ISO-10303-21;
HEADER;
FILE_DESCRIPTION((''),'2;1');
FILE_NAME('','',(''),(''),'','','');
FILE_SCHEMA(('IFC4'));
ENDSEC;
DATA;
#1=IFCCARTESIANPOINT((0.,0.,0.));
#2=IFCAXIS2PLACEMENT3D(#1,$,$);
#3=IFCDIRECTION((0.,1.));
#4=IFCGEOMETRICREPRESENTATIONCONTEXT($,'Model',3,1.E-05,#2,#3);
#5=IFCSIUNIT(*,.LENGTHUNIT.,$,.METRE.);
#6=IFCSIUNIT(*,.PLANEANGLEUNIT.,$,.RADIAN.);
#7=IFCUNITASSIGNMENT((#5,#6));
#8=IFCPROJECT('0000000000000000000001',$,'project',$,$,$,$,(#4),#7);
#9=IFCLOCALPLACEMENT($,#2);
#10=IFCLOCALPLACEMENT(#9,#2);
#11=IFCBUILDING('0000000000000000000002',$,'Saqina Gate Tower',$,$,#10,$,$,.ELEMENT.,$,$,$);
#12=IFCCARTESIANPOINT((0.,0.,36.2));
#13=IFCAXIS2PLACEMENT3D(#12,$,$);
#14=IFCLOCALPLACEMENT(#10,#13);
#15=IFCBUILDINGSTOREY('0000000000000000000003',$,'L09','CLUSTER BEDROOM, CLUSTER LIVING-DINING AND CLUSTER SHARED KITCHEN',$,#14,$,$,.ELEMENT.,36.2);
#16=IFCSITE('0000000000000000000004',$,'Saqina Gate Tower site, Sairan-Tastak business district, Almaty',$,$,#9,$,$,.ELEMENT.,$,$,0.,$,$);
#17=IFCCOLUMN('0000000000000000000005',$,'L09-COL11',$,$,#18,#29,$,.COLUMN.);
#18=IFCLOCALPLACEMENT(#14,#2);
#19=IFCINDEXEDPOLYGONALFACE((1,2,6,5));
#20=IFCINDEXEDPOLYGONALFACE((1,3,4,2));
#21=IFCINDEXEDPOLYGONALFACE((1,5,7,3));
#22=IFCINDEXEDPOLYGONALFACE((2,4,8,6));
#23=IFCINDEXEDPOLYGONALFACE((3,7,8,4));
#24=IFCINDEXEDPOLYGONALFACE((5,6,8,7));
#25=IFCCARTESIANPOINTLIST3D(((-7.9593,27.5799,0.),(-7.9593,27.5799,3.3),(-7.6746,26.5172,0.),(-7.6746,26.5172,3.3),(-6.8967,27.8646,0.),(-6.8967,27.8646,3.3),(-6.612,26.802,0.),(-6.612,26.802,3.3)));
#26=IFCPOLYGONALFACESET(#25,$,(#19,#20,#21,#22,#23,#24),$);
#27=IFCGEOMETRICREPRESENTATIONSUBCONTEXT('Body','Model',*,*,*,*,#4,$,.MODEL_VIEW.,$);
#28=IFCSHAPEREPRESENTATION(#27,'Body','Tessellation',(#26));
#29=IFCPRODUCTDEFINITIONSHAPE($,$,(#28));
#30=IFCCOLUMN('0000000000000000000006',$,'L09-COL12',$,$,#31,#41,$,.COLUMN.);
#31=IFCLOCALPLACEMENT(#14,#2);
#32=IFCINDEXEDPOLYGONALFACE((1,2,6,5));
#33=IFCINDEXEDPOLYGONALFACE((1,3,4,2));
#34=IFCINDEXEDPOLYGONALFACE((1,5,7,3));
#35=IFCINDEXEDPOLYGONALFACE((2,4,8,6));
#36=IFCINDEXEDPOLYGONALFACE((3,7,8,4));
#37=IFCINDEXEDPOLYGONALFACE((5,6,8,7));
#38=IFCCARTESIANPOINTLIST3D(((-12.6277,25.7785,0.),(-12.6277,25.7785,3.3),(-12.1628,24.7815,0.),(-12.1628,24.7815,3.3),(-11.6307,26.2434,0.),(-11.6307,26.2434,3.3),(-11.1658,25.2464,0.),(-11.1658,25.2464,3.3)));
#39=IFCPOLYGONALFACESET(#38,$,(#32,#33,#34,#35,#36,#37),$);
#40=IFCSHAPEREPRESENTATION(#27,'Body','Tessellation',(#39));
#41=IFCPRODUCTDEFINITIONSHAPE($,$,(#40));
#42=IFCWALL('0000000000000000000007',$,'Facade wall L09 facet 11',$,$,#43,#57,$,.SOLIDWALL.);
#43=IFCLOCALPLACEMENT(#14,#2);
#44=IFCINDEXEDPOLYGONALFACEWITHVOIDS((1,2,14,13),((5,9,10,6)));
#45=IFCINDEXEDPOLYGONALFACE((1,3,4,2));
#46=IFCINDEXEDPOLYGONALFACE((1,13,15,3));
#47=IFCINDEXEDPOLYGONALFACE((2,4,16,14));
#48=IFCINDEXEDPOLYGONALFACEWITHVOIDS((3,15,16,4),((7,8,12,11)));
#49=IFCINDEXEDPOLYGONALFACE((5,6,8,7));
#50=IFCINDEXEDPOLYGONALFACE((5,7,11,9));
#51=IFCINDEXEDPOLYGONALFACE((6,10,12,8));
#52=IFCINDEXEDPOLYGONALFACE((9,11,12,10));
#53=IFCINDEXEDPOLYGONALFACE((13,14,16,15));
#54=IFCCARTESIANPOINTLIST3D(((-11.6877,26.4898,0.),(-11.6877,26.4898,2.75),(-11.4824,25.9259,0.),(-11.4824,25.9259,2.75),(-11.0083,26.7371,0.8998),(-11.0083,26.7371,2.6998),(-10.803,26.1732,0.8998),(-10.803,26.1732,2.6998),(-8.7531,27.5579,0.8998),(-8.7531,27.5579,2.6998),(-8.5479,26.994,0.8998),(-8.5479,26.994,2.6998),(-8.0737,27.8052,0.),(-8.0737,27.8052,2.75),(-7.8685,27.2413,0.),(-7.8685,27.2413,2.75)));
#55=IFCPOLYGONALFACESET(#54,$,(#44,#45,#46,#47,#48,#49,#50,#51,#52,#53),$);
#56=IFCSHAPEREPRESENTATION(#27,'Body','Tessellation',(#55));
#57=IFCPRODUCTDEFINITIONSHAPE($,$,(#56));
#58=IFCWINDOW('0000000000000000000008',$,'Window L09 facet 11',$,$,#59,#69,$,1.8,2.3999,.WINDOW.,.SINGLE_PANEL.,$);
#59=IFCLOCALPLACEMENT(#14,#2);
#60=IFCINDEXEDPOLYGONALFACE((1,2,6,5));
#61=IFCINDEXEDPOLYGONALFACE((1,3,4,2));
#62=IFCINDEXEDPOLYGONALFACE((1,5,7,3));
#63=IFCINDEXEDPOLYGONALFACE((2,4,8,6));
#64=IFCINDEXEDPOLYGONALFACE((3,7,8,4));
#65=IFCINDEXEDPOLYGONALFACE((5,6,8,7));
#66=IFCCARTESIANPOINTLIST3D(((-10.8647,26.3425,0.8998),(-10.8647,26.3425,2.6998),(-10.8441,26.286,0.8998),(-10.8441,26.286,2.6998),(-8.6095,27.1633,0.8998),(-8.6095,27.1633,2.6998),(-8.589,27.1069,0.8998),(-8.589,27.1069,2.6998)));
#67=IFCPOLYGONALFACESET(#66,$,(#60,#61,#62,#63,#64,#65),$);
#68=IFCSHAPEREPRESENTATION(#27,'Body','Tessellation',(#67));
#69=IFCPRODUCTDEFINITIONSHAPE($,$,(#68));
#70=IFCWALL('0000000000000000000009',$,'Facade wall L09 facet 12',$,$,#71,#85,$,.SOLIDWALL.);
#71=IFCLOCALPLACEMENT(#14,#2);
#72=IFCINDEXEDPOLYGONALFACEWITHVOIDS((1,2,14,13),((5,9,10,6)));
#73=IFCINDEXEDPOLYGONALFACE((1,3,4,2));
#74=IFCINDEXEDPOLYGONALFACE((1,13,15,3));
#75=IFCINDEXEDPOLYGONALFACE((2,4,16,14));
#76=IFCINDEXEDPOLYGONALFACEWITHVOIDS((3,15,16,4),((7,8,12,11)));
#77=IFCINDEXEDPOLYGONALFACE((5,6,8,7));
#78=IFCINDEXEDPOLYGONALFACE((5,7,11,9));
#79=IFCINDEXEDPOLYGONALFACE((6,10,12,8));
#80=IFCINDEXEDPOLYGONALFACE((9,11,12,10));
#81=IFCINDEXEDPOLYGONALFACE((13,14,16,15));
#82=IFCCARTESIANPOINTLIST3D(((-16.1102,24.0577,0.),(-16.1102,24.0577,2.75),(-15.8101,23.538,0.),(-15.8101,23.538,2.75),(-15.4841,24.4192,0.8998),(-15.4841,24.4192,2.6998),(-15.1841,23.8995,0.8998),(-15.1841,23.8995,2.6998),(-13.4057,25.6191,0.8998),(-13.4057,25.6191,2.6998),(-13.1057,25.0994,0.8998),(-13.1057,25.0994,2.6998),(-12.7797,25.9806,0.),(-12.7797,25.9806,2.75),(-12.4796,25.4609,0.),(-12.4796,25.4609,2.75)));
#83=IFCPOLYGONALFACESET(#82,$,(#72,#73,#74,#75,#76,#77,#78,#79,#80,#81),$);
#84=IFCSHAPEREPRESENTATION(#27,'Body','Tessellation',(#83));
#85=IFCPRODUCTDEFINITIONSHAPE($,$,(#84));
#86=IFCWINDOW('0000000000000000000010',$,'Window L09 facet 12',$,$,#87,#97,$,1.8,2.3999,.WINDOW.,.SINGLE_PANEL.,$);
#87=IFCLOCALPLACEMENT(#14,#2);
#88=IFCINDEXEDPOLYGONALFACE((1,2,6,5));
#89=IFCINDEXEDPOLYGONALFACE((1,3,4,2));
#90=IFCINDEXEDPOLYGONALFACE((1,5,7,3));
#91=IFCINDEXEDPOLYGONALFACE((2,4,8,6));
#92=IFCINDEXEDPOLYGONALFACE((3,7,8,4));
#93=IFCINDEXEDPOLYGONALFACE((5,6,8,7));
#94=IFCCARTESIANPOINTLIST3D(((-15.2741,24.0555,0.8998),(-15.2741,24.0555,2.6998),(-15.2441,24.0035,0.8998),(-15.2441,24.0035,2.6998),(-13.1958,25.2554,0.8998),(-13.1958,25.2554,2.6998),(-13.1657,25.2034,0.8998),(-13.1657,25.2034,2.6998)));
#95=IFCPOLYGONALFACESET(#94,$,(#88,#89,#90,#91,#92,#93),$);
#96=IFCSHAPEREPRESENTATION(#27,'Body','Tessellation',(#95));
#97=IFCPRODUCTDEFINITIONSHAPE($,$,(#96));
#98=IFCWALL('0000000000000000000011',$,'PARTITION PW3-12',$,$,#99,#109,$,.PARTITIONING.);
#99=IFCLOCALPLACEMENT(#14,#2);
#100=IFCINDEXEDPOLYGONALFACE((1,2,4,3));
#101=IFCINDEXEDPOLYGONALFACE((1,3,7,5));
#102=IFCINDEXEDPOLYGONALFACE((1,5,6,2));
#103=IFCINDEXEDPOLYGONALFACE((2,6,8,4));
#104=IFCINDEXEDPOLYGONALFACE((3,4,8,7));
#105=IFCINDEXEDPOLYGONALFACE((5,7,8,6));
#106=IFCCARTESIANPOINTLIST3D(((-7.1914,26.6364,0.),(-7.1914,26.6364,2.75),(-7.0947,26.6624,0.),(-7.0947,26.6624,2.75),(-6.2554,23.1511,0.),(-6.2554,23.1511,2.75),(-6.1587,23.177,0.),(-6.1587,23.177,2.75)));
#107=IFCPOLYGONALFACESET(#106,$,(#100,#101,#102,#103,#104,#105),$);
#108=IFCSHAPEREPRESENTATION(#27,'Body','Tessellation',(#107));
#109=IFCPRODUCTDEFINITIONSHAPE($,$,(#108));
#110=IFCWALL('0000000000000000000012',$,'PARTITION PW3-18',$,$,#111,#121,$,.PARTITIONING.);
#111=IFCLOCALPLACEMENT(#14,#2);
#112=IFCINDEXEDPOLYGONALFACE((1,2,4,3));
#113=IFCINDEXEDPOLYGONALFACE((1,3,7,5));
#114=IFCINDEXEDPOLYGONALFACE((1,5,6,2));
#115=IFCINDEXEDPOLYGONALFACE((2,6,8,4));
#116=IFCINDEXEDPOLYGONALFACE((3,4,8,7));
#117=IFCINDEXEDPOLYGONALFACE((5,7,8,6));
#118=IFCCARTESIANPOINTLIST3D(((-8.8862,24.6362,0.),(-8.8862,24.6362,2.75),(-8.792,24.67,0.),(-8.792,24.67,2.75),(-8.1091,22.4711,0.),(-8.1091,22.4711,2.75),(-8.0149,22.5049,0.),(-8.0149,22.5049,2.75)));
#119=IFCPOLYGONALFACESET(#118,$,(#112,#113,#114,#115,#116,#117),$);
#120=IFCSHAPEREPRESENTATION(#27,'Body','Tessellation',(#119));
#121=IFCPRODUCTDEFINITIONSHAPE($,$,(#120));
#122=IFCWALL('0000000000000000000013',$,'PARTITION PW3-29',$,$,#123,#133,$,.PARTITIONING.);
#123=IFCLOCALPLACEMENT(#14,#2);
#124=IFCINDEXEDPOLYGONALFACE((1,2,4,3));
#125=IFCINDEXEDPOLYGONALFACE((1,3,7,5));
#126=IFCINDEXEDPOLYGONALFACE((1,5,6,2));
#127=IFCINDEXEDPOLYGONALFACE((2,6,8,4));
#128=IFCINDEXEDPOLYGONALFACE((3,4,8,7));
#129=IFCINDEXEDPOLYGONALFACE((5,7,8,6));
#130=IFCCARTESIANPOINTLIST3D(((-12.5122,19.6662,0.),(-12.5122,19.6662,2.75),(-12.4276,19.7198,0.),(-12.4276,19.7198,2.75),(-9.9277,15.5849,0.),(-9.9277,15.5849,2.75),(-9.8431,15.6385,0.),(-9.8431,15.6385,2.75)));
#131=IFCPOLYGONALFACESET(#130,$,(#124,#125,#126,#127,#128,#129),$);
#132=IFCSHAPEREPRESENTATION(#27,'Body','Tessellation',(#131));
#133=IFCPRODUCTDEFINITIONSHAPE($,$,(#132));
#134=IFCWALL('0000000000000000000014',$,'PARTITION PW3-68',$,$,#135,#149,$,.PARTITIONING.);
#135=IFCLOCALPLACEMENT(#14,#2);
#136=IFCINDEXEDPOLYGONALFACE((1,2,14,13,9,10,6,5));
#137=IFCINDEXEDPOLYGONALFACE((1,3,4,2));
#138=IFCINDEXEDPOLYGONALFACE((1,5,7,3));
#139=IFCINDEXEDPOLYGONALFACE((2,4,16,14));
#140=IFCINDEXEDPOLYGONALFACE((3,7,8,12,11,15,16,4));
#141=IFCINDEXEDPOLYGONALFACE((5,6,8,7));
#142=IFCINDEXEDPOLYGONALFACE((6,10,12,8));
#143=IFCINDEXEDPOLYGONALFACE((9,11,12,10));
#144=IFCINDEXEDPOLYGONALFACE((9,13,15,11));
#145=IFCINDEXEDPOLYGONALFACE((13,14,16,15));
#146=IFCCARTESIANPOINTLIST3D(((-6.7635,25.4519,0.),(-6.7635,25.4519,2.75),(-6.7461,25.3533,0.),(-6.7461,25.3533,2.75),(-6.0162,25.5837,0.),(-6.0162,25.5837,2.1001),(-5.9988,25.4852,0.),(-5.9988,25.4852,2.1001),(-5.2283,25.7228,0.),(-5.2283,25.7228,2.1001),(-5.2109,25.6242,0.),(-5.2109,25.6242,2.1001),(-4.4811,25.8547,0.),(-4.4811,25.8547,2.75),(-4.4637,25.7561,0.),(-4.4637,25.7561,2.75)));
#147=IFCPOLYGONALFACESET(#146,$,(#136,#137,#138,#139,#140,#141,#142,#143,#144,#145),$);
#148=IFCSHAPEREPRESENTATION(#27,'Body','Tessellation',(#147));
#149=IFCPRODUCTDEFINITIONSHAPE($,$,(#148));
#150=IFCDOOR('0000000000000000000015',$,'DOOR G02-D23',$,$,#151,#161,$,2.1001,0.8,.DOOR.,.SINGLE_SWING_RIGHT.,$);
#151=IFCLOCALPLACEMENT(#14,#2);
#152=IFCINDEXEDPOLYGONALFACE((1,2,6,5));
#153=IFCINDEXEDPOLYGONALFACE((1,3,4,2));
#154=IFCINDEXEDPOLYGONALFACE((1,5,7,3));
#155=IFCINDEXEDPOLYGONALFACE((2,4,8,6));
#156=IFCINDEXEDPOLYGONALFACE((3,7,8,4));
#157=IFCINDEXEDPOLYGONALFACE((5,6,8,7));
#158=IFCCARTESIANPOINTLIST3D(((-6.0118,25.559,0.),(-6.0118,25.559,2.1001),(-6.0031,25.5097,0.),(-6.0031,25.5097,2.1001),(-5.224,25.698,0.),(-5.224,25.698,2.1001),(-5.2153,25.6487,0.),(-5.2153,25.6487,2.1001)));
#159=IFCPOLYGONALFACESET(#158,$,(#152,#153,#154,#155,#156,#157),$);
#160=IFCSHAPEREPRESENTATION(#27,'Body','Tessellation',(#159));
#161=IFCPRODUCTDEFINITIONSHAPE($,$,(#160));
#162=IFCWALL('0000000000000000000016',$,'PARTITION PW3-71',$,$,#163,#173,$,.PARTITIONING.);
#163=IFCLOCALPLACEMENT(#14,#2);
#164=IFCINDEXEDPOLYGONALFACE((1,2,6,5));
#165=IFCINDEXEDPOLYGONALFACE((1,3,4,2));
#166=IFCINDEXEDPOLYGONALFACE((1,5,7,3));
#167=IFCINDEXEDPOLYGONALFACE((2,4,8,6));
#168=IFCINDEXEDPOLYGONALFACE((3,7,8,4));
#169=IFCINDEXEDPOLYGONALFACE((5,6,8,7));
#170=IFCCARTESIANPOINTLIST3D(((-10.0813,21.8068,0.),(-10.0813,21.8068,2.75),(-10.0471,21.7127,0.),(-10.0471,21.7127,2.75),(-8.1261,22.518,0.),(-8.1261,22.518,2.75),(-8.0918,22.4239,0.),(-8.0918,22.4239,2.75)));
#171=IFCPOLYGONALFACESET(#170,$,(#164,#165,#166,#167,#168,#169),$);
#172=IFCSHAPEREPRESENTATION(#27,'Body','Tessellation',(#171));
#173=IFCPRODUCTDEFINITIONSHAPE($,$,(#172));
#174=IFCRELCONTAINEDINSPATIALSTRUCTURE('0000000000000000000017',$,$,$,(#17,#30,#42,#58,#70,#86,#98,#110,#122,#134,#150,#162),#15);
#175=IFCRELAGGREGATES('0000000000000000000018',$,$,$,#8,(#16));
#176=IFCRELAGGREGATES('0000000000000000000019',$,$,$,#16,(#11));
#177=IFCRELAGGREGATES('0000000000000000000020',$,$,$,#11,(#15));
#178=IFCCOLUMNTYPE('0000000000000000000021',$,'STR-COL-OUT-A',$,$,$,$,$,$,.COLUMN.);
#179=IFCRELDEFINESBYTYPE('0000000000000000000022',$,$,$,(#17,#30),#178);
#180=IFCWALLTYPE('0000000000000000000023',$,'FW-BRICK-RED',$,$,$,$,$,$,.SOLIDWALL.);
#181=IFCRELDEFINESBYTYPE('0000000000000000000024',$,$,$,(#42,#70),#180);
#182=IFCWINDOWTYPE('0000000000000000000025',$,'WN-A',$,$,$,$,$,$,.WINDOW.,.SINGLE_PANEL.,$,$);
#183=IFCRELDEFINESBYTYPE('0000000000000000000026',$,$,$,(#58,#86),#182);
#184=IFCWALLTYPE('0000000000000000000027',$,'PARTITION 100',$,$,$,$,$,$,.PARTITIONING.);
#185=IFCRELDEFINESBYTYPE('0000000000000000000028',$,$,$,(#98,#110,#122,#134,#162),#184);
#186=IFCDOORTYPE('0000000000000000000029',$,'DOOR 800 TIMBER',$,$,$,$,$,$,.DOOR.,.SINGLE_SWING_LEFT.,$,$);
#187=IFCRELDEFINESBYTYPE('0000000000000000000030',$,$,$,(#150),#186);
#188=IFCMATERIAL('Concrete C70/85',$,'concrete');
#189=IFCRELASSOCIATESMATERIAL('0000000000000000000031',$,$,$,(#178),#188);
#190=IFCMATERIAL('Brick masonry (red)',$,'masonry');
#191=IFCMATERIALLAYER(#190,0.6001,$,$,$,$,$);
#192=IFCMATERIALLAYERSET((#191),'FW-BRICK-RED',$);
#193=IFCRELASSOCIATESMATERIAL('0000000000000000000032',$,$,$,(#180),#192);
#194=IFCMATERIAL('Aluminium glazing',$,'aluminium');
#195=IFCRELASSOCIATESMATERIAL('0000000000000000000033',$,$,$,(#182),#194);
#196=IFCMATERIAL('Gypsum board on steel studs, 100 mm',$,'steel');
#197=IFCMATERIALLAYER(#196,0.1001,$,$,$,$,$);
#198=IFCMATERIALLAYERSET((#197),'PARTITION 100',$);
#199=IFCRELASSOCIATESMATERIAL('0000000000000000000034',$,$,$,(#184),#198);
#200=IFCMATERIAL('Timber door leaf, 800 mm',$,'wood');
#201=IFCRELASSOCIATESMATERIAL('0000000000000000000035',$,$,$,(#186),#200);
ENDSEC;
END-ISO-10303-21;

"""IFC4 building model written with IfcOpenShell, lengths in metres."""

from ifc_helpers import new_model, si_unit, direction, frame, frame_2d, origin, origin_2d, place, context, subcontext, project, spatial, rectangle, extrude, material, layer, layer_set, material_profile, profile_set, type_object, element, fill, save


model = new_model("IFC4")

# Units and contexts
model_context = context("Model", 3, precision=1e-05, world=origin(), true_north=direction((0.0, 1.0)))
body_context = subcontext(model_context, "Body", "Model", "MODEL_VIEW")
ifc_project = project(units=[si_unit("LENGTHUNIT", "METRE"), si_unit("PLANEANGLEUNIT", "RADIAN")], contexts=[model_context])

# Site, building, storey
site_placement = place(None, origin())
site = spatial("IfcSite", under=ifc_project, at=site_placement, Name="Saqina Gate Tower site, Sairan-Tastak business district, Almaty", CompositionType="ELEMENT", RefElevation=0.0)
building_placement = place(site_placement, origin())
building = spatial("IfcBuilding", under=site, at=building_placement, Name="Saqina Gate Tower", CompositionType="ELEMENT")
storey_placement = place(building_placement, frame((0.0, 0.0, 36.2)))
storey = spatial("IfcBuildingStorey", under=building, at=storey_placement, Name="L09", Description="CLUSTER BEDROOM, CLUSTER LIVING-DINING AND CLUSTER SHARED KITCHEN", CompositionType="ELEMENT", Elevation=36.2)

# Columns
ifc_material_1 = material(Name="Concrete C70/85", Category="concrete")
ifc_material_profile = material_profile(ifc_material_1, rectangle(XDim=1.1001, YDim=1.1001, at=origin_2d()), Name="RC 1100x1100")
ifc_profile_set = profile_set([ifc_material_profile], Name="Concrete C70/85")
column_type = type_object("IfcColumnType", Name="STR-COL-OUT-A", PredefinedType="COLUMN", material=ifc_profile_set)
for number, where, z_axis, x_axis, name in (
    (1, (-7.2856, 27.1909, 0.0), (0.0, 0.0, 1.0), (-0.258819, 0.965926, 0.0), "L09-COL11"),
    (2, (-11.8967, 25.5125, 0.0), (0.0, 0.0, 1.0), (-0.422618, 0.906308, 0.0), "L09-COL12"),
):
    element("IfcColumn", number, at=place(storey_placement, frame(where, z_axis=z_axis, x_axis=x_axis)), inside=storey, type_object=column_type, Name=name, PredefinedType="COLUMN", context=body_context, shape_type="SweptSolid", body=[
        extrude(rectangle(XDim=1.1001, YDim=1.1001, at=origin_2d()), origin(), (0.0, 0.0, 1.0), 3.3),
    ])

# Walls, openings, windows
ifc_material_2 = material(Name="Brick masonry (red)", Category="masonry")
ifc_layer_1 = layer(ifc_material_2, 0.6001)
ifc_layer_set_1 = layer_set([ifc_layer_1], Name="FW-BRICK-RED")
wall_type_1 = type_object("IfcWallType", Name="FW-BRICK-RED", PredefinedType="SOLIDWALL", material=ifc_layer_set_1)
wall_1_placement = place(storey_placement, frame((-7.9712, 27.5232, 0.0), z_axis=(0.0, 0.0, 1.0), x_axis=(-0.93969, -0.342028, 0.0)))
wall_1 = element("IfcWall", 3, at=wall_1_placement, inside=storey, type_object=wall_type_1, Name="Facade wall L09 facet 11", PredefinedType="SOLIDWALL", context=body_context, shape_type="SweptSolid", body=[
    extrude(rectangle(XDim=3.8459, YDim=0.6001, at=frame_2d((1.9229, 0.0))), origin(), (0.0, 0.0, 1.0), 2.75),
])
opening_1_placement = place(wall_1_placement, frame((0.7229, 0.0, 0.8999)))
opening_1 = element("IfcOpeningElement", 4, at=opening_1_placement, cuts=wall_1, PredefinedType="OPENING", context=body_context, shape_type="SweptSolid", body=[
    extrude(rectangle(XDim=2.3999, YDim=1.8, at=frame_2d((1.2, 0.8999))), frame((0.0, 0.312, 0.0), z_axis=(0.0, -1.0, 0.0), x_axis=(1.0, 0.0, 0.0)), (0.0, 0.0, 1.0), 0.624),
])
ifc_material_3 = material(Name="Aluminium glazing", Category="aluminium")
window_type = type_object("IfcWindowType", Name="WN-A", PartitioningType="SINGLE_PANEL", PredefinedType="WINDOW", material=ifc_material_3)
window_1_placement = place(opening_1_placement, origin())
window_1 = element("IfcWindow", 5, at=window_1_placement, inside=storey, type_object=window_type, Name="Window L09 facet 11", OverallHeight=1.8, OverallWidth=2.3999, PartitioningType="SINGLE_PANEL", PredefinedType="WINDOW", context=body_context, shape_type="SweptSolid", body=[
    extrude(rectangle(XDim=2.3999, YDim=1.8, at=frame_2d((1.2, 0.8999))), frame((0.0, 0.1799, 0.0), z_axis=(0.0, -1.0, 0.0), x_axis=(1.0, 0.0, 0.0)), (0.0, 0.0, 1.0), 0.0601),
])
fill(opening_1, window_1)
wall_2_placement = place(storey_placement, frame((-12.6296, 25.7207, 0.0), z_axis=(0.0, 0.0, 1.0), x_axis=(-0.866031, -0.49999, 0.0)))
wall_2 = element("IfcWall", 6, at=wall_2_placement, inside=storey, type_object=wall_type_1, Name="Facade wall L09 facet 12", PredefinedType="SOLIDWALL", context=body_context, shape_type="SweptSolid", body=[
    extrude(rectangle(XDim=3.8457, YDim=0.6001, at=frame_2d((1.9229, 0.0))), origin(), (0.0, 0.0, 1.0), 2.75),
])
opening_2_placement = place(wall_2_placement, frame((0.7229, 0.0, 0.8999)))
opening_2 = element("IfcOpeningElement", 7, at=opening_2_placement, cuts=wall_2, PredefinedType="OPENING", context=body_context, shape_type="SweptSolid", body=[
    extrude(rectangle(XDim=2.3999, YDim=1.8, at=frame_2d((1.2, 0.8999))), frame((0.0, 0.312, 0.0), z_axis=(0.0, -1.0, 0.0), x_axis=(1.0, 0.0, 0.0)), (0.0, 0.0, 1.0), 0.624),
])
window_2_placement = place(opening_2_placement, origin())
window_2 = element("IfcWindow", 8, at=window_2_placement, inside=storey, type_object=window_type, Name="Window L09 facet 12", OverallHeight=1.8, OverallWidth=2.3999, PartitioningType="SINGLE_PANEL", PredefinedType="WINDOW", context=body_context, shape_type="SweptSolid", body=[
    extrude(rectangle(XDim=2.3999, YDim=1.8, at=frame_2d((1.2, 0.8999))), frame((0.0, 0.1799, 0.0), z_axis=(0.0, -1.0, 0.0), x_axis=(1.0, 0.0, 0.0)), (0.0, 0.0, 1.0), 0.0601),
])
fill(opening_2, window_2)

# Walls
ifc_material_4 = material(Name="Gypsum board on steel studs, 100 mm", Category="steel")
ifc_layer_2 = layer(ifc_material_4, 0.1001)
ifc_layer_set_2 = layer_set([ifc_layer_2], Name="PARTITION 100")
wall_type_2 = type_object("IfcWallType", Name="PARTITION 100", PredefinedType="PARTITIONING", material=ifc_layer_set_2)
wall_3_placement = place(storey_placement, frame((-7.1431, 26.6494, 0.0), z_axis=(0.0, 0.0, 1.0), x_axis=(0.259372, -0.965778, 0.0)))
element("IfcWall", 9, at=wall_3_placement, inside=storey, type_object=wall_type_2, Name="PARTITION PW3-12", PredefinedType="PARTITIONING", context=body_context, shape_type="SweptSolid", body=[
    extrude(rectangle(XDim=3.6089, YDim=0.1001, at=frame_2d((1.8044, 0.0))), origin(), (0.0, 0.0, 1.0), 2.75),
])
wall_4_placement = place(storey_placement, frame((-8.8391, 24.6531, 0.0), z_axis=(0.0, 0.0, 1.0), x_axis=(0.337829, -0.941208, 0.0)))
element("IfcWall", 10, at=wall_4_placement, inside=storey, type_object=wall_type_2, Name="PARTITION PW3-18", PredefinedType="PARTITIONING", context=body_context, shape_type="SweptSolid", body=[
    extrude(rectangle(XDim=2.3003, YDim=0.1001, at=frame_2d((1.1501, 0.0))), origin(), (0.0, 0.0, 1.0), 2.75),
])
wall_5_placement = place(storey_placement, frame((-12.47, 19.6931, 0.0), z_axis=(0.0, 0.0, 1.0), x_axis=(0.535, -0.844852, 0.0)))
element("IfcWall", 11, at=wall_5_placement, inside=storey, type_object=wall_type_2, Name="PARTITION PW3-29", PredefinedType="PARTITIONING", context=body_context, shape_type="SweptSolid", body=[
    extrude(rectangle(XDim=4.8308, YDim=0.1001, at=frame_2d((2.4155, 0.0))), origin(), (0.0, 0.0, 1.0), 2.75),
])

# Wall, opening, door
wall_6_placement = place(storey_placement, frame((-6.7546, 25.4026, 0.0), z_axis=(0.0, 0.0, 1.0), x_axis=(0.98478, 0.173803, 0.0)))
wall_6 = element("IfcWall", 12, at=wall_6_placement, inside=storey, type_object=wall_type_2, Name="PARTITION PW3-68", PredefinedType="PARTITIONING", context=body_context, shape_type="SweptSolid", body=[
    extrude(rectangle(XDim=2.3176, YDim=0.1001, at=frame_2d((1.1587, 0.0))), origin(), (0.0, 0.0, 1.0), 2.75),
])
opening_3_placement = place(wall_6_placement, frame((0.7588, 0.0, 0.0)))
opening_3 = element("IfcOpeningElement", 13, at=opening_3_placement, cuts=wall_6, PredefinedType="OPENING", context=body_context, shape_type="SweptSolid", body=[
    extrude(rectangle(XDim=0.8, YDim=2.1001, at=frame_2d((0.3999, 1.05))), frame((0.0, 0.062, 0.0), z_axis=(0.0, -1.0, 0.0), x_axis=(1.0, 0.0, 0.0)), (0.0, 0.0, 1.0), 0.124),
])
ifc_material_5 = material(Name="Timber door leaf, 800 mm", Category="wood")
door_type_1 = type_object("IfcDoorType", Name="DOOR 800 TIMBER", OperationType="SINGLE_SWING_LEFT", PredefinedType="DOOR", material=ifc_material_5)
door_1_placement = place(opening_3_placement, origin())
door_1 = element("IfcDoor", 14, at=door_1_placement, inside=storey, type_object=door_type_1, Name="DOOR G02-D23", OperationType="SINGLE_SWING_RIGHT", OverallHeight=2.1001, OverallWidth=0.8, PredefinedType="DOOR", context=body_context, shape_type="SweptSolid", body=[
    extrude(rectangle(XDim=0.8, YDim=2.1001, at=frame_2d((0.3999, 1.05))), frame((0.0, 0.0249, 0.0), z_axis=(0.0, -1.0, 0.0), x_axis=(1.0, 0.0, 0.0)), (0.0, 0.0, 1.0), 0.05),
])
fill(opening_3, door_1)

# Wall
wall_7_placement = place(storey_placement, frame((-10.0642, 21.7598, 0.0), z_axis=(0.0, 0.0, 1.0), x_axis=(0.939769, 0.341809, 0.0)))
element("IfcWall", 15, at=wall_7_placement, inside=storey, type_object=wall_type_2, Name="PARTITION PW3-71", PredefinedType="PARTITIONING", context=body_context, shape_type="SweptSolid", body=[
    extrude(rectangle(XDim=2.0806, YDim=0.1001, at=frame_2d((1.0403, 0.0))), origin(), (0.0, 0.0, 1.0), 2.75),
])

save(model, "model.ifc")
